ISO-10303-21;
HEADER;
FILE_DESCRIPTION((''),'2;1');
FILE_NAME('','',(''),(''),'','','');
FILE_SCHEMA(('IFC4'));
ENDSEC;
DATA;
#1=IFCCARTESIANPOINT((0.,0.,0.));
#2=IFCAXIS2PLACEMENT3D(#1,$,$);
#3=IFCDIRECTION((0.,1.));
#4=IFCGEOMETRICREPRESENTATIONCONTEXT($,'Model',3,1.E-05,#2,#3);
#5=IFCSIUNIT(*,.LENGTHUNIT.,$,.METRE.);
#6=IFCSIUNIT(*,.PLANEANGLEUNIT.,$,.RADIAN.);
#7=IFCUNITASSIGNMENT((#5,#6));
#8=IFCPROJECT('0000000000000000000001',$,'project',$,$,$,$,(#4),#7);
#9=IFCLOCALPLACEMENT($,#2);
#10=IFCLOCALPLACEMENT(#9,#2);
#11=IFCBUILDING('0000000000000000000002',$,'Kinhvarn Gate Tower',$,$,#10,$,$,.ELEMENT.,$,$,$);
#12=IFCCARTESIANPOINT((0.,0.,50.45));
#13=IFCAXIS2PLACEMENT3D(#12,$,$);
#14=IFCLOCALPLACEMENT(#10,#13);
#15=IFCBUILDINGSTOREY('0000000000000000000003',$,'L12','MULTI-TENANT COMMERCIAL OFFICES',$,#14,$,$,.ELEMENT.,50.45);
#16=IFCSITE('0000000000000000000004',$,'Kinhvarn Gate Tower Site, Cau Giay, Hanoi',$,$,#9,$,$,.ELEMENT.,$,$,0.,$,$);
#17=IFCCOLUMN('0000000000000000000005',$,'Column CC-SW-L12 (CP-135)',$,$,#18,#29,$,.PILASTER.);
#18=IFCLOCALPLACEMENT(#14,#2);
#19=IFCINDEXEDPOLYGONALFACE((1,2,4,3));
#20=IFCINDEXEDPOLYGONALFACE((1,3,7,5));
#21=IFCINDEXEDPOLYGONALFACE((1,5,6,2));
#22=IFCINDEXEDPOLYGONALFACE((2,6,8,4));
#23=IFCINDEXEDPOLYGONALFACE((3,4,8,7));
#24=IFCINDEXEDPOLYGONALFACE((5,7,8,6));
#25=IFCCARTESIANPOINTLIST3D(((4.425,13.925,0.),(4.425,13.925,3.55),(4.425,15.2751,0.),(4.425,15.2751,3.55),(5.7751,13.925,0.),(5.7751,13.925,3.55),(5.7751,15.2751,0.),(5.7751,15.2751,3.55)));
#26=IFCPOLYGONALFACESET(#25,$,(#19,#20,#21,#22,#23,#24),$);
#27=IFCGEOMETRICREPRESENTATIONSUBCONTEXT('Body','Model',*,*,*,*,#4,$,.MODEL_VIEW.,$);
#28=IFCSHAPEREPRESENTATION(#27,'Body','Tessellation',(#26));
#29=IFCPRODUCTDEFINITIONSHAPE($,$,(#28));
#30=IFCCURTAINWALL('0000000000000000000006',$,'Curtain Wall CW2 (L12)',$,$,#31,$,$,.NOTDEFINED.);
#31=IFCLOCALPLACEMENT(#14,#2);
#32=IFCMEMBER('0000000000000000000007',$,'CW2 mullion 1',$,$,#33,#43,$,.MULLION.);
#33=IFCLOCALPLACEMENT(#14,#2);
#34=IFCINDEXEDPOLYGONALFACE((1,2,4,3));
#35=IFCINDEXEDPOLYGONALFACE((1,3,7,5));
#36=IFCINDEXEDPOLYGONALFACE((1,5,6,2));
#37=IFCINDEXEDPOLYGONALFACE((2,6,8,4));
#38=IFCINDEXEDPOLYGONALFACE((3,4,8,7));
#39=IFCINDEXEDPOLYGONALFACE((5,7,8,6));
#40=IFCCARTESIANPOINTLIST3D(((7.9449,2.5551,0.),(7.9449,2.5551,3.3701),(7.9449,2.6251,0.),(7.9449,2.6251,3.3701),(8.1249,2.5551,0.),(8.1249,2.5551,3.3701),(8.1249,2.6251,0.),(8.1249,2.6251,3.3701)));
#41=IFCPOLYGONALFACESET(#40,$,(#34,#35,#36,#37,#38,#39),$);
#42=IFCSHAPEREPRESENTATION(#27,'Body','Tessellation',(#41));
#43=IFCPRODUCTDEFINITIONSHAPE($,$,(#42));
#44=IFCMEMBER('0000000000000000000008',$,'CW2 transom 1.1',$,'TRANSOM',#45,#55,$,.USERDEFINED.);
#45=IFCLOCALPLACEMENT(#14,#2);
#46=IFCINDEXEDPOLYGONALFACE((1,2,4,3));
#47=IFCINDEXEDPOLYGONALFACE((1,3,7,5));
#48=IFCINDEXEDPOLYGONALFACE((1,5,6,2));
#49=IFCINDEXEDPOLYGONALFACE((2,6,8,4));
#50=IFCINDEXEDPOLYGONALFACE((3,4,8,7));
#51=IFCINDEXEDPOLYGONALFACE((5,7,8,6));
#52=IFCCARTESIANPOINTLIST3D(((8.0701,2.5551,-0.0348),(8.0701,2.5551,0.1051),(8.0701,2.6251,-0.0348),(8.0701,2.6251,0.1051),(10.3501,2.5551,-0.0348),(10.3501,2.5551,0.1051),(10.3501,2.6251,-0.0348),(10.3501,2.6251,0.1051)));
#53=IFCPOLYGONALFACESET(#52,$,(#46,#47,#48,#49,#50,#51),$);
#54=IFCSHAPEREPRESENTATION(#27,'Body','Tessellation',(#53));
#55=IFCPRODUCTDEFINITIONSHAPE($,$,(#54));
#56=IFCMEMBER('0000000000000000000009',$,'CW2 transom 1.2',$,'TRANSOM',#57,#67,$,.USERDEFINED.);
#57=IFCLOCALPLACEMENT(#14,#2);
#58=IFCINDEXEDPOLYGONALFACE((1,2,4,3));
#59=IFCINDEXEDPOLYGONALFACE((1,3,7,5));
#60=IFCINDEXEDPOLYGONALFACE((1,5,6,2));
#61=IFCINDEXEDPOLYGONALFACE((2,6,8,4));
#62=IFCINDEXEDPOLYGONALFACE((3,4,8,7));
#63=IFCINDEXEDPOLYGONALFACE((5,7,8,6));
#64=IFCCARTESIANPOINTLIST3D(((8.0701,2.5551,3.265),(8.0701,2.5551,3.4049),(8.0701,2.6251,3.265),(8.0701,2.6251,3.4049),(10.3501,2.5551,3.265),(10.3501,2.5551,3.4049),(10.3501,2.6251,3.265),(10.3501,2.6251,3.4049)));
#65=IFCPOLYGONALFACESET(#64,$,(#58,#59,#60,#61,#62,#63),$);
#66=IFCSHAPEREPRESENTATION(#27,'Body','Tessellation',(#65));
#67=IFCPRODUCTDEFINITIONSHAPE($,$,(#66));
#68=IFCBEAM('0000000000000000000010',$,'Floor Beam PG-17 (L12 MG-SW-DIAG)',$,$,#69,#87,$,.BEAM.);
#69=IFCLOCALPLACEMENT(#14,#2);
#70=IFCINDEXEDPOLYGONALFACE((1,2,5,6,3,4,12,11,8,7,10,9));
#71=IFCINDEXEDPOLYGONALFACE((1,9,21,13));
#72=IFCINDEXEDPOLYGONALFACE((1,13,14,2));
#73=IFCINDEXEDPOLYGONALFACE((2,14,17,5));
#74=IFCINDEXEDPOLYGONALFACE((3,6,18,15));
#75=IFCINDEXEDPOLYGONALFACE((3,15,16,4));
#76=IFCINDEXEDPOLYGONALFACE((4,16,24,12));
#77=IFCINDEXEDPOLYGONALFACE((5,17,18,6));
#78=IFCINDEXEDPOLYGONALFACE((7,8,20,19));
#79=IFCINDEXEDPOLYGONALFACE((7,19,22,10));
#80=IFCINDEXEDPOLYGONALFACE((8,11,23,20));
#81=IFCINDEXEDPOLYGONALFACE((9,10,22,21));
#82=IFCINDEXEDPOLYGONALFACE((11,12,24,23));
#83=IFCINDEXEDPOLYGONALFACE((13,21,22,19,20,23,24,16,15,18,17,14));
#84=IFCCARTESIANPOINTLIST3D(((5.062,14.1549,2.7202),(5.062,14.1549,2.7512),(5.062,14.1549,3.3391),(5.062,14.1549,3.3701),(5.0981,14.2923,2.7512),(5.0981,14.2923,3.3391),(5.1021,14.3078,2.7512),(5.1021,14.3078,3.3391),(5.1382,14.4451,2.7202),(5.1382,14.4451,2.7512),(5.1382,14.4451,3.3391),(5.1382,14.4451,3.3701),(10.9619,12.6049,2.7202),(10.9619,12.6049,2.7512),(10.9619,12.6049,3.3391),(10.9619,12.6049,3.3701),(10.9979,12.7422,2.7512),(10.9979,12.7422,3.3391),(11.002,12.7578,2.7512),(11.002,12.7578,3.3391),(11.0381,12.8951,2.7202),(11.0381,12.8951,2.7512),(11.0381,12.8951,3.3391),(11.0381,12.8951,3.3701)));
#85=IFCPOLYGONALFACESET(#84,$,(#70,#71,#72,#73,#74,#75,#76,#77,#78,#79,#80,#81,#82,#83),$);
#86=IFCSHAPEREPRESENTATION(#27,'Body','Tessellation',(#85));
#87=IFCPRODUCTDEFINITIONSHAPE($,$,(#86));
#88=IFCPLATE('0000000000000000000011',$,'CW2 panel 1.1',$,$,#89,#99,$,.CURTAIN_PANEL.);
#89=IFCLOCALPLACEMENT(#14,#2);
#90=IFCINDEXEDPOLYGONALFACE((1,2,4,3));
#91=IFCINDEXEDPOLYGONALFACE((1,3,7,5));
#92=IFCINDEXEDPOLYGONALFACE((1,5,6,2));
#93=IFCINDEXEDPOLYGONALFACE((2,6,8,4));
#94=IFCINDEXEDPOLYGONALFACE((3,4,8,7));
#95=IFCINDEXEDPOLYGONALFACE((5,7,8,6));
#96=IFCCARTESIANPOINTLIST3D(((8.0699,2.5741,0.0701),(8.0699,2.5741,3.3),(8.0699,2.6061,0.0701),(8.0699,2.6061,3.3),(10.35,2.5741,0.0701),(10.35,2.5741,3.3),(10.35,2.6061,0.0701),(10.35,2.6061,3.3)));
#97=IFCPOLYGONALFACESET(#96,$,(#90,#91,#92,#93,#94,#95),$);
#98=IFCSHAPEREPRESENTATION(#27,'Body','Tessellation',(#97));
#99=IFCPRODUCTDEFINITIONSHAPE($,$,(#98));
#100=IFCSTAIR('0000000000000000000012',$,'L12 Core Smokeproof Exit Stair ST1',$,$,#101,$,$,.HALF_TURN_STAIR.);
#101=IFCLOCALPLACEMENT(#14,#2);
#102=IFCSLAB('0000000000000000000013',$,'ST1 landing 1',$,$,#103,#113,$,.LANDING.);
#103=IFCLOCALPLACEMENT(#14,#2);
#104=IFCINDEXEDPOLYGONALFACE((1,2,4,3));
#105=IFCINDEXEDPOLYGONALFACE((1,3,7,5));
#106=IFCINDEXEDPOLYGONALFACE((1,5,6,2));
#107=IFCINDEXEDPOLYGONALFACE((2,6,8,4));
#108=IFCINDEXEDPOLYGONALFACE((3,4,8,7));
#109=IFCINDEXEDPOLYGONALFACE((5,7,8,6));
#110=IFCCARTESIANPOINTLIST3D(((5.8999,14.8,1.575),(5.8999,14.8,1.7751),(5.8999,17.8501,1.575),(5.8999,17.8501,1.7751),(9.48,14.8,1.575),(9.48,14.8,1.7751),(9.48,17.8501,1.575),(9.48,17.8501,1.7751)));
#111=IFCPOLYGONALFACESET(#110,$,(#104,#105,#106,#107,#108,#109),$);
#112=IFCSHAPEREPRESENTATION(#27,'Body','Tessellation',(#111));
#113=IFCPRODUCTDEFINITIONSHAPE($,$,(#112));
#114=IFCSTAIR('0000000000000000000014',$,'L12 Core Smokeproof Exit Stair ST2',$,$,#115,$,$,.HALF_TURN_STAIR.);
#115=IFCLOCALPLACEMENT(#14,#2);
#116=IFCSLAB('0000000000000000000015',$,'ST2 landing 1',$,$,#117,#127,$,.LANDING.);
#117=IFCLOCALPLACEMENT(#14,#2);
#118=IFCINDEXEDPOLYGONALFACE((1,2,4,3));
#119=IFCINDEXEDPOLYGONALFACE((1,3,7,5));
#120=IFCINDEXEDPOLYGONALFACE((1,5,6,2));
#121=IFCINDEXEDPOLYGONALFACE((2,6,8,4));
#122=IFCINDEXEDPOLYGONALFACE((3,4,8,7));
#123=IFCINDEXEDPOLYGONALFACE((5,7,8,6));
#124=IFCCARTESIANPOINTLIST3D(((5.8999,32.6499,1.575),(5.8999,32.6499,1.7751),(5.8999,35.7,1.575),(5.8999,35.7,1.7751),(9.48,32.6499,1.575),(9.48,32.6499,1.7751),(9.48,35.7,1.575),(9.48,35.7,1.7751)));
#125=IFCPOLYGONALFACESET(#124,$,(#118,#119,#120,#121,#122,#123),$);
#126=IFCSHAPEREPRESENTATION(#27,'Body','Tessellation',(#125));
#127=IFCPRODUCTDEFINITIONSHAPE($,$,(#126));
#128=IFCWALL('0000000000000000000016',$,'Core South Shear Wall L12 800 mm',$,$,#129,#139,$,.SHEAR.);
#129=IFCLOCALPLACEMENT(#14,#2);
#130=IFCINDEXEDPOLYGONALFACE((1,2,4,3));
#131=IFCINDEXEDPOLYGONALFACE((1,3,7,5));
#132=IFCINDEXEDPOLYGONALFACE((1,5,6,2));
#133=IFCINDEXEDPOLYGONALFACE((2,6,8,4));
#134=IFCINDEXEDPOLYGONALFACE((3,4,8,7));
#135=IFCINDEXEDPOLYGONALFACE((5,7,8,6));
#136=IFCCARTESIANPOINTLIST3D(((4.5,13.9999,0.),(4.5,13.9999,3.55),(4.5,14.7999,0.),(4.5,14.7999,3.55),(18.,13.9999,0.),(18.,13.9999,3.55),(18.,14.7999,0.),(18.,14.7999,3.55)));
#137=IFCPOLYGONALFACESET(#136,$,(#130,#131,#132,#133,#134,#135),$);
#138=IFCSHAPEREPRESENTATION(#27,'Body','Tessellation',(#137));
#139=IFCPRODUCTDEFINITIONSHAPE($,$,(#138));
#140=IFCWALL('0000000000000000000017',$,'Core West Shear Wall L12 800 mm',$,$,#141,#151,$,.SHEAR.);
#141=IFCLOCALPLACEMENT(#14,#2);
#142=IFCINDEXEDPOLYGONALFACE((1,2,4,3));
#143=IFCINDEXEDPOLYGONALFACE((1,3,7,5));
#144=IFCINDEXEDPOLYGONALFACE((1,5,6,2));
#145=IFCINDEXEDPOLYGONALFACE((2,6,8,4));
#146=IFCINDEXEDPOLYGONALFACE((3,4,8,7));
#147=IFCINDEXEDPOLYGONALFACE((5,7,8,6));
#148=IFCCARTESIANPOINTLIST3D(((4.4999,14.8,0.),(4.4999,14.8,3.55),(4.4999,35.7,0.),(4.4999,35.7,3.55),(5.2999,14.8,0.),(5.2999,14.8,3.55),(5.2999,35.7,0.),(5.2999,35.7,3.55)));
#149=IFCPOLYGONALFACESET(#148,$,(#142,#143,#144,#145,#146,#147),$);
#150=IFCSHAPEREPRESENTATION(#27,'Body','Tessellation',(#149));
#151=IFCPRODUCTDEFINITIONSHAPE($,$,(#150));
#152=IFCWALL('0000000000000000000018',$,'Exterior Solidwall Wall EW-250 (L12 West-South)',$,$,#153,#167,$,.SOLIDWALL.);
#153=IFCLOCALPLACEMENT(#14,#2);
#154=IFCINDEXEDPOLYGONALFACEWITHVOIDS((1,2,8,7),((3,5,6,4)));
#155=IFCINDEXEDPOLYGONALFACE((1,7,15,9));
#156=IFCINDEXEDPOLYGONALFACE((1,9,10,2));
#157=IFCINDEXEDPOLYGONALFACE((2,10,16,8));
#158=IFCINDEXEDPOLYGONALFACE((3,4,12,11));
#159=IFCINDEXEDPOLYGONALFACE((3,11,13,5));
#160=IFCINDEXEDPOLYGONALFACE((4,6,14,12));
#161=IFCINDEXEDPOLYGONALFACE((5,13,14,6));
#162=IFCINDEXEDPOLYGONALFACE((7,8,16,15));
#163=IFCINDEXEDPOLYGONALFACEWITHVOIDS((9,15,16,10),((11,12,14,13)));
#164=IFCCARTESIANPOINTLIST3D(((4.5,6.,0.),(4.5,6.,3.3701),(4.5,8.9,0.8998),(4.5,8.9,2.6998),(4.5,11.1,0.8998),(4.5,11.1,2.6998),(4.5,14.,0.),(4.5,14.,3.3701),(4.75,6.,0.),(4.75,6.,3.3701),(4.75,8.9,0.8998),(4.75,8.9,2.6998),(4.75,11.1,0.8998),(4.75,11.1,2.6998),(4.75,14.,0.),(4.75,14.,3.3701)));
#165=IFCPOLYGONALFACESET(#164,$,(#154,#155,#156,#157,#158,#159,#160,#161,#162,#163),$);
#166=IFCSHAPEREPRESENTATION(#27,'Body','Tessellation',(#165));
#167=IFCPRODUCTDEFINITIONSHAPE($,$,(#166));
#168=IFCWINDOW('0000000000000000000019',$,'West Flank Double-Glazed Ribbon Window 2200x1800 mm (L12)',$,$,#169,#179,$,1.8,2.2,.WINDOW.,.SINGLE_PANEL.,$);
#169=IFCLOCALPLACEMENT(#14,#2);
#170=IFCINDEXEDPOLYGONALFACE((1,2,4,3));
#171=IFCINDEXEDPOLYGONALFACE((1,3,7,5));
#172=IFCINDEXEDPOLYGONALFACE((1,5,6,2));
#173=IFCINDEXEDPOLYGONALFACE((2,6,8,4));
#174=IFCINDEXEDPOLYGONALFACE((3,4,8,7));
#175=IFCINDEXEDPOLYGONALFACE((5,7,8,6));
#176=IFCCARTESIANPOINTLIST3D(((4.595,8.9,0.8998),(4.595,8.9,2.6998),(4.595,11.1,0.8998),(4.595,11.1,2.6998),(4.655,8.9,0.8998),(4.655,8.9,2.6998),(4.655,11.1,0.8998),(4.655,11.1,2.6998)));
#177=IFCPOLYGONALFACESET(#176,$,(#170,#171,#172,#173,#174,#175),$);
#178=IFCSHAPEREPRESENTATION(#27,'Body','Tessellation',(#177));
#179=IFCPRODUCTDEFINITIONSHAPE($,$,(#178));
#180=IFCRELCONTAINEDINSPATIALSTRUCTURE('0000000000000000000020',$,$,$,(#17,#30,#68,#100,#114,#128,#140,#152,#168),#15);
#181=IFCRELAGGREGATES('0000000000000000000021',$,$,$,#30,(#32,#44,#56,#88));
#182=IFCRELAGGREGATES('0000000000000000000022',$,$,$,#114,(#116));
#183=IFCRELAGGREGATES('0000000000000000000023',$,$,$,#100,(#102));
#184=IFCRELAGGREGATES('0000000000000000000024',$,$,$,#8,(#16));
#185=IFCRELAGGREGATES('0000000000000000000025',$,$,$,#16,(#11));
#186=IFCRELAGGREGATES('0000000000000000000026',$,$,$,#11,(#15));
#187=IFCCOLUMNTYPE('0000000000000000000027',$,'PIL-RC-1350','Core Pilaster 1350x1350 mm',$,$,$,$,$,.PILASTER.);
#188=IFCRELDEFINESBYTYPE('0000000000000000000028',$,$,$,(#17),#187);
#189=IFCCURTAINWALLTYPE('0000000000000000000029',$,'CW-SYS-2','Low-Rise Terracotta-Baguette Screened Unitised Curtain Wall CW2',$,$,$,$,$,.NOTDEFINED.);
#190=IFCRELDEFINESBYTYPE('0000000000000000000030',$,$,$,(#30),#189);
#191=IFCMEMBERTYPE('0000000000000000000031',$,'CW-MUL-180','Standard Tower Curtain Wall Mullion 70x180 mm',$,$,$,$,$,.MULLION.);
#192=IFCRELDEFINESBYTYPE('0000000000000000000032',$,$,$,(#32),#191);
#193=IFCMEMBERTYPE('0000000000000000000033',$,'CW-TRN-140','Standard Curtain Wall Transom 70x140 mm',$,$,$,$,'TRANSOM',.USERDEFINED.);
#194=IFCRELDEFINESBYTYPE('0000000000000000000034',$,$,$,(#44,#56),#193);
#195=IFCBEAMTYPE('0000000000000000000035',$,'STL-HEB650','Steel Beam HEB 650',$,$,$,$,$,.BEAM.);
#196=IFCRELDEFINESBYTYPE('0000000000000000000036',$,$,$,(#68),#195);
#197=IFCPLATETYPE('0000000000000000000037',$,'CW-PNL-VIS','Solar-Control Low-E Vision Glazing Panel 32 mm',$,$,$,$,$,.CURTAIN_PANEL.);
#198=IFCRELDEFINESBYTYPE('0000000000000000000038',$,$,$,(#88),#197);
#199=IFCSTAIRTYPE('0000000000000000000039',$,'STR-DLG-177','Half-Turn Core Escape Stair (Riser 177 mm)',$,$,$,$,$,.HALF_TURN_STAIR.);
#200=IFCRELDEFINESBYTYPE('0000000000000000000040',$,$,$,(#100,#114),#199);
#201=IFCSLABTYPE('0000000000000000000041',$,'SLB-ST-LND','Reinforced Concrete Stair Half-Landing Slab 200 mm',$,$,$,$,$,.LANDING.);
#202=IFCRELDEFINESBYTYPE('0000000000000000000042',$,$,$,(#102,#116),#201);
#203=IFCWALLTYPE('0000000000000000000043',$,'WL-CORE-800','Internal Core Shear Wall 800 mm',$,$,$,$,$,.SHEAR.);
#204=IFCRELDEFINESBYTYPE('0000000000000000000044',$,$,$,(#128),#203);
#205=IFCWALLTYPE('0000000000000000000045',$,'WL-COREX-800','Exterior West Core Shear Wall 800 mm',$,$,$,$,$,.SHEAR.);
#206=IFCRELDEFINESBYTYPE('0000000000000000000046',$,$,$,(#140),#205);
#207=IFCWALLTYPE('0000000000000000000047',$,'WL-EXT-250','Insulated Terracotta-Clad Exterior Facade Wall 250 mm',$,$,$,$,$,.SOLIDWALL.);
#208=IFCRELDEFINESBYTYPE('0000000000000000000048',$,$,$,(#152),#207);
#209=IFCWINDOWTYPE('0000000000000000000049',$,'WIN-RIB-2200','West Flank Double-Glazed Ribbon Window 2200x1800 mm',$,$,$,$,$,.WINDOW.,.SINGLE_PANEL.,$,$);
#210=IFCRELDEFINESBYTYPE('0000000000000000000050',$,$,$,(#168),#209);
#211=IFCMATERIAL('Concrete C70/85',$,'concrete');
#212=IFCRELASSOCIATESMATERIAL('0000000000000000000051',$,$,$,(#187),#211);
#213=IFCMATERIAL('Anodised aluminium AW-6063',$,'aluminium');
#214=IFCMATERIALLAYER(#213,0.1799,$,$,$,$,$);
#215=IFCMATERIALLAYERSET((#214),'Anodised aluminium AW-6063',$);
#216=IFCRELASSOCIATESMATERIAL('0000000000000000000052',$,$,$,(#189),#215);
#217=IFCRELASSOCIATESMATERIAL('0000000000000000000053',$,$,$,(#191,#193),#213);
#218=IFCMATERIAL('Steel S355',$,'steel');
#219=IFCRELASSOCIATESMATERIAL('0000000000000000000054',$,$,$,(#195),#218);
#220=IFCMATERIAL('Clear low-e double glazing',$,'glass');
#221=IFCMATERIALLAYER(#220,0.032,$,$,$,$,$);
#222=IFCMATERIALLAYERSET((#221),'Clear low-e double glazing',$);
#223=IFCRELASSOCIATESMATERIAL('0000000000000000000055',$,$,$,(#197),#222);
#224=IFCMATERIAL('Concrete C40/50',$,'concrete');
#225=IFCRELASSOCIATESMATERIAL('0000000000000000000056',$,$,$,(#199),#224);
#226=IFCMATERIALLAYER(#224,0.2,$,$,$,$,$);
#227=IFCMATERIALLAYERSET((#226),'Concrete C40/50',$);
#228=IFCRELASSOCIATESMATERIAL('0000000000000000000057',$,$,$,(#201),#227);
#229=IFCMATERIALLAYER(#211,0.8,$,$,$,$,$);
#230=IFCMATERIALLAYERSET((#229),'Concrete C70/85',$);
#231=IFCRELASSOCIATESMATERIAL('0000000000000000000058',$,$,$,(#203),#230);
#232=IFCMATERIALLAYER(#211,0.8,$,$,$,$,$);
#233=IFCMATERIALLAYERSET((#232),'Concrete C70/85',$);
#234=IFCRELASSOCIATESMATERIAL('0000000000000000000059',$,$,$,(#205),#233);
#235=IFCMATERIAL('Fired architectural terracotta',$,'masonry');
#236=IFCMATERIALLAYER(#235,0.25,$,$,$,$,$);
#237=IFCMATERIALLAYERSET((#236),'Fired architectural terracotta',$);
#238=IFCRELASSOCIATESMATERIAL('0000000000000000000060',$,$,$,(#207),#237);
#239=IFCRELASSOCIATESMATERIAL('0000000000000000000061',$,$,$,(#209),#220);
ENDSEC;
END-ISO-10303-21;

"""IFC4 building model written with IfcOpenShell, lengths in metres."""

from ifc_helpers import new_model, si_unit, direction, frame, frame_2d, origin, origin_2d, place, context, subcontext, project, spatial, polyline, rectangle, i_section, outline, extrude, material, layer, layer_set, material_profile, profile_set, type_object, element, fill, aggregate, save


model = new_model("IFC4")

# Units and contexts
model_context = context("Model", 3, precision=1e-05, world=origin(), true_north=direction((0.0, 1.0)))
body_context = subcontext(model_context, "Body", "Model", "MODEL_VIEW")
ifc_project = project(units=[si_unit("LENGTHUNIT", "METRE"), si_unit("PLANEANGLEUNIT", "RADIAN")], contexts=[model_context])

# Site, building, storey
site_placement = place(None, origin())
site = spatial("IfcSite", under=ifc_project, at=site_placement, Name="Kinhvarn Gate Tower Site, Cau Giay, Hanoi", CompositionType="ELEMENT", RefElevation=0.0)
building_placement = place(site_placement, origin())
building = spatial("IfcBuilding", under=site, at=building_placement, Name="Kinhvarn Gate Tower", CompositionType="ELEMENT")
storey_placement = place(building_placement, frame((0.0, 0.0, 50.45)))
storey = spatial("IfcBuildingStorey", under=building, at=storey_placement, Name="L12", Description="MULTI-TENANT COMMERCIAL OFFICES", CompositionType="ELEMENT", Elevation=50.45)

# Column
ifc_material_1 = material(Name="Concrete C70/85", Category="concrete")
ifc_material_profile_1 = material_profile(ifc_material_1, rectangle(XDim=1.3501, YDim=1.3501, at=origin_2d()), Name="RC 1350x1350")
ifc_profile_set_1 = profile_set([ifc_material_profile_1], Name="Concrete C70/85")
column_type = type_object("IfcColumnType", Name="PIL-RC-1350", Description="Core Pilaster 1350x1350 mm", PredefinedType="PILASTER", material=ifc_profile_set_1)
column_placement = place(storey_placement, frame((5.1001, 14.6001, 0.0), z_axis=(0.0, 0.0, 1.0), x_axis=(1.0, 0.0, 0.0)))
element("IfcColumn", 1, at=column_placement, inside=storey, type_object=column_type, Name="Column CC-SW-L12 (CP-135)", PredefinedType="PILASTER", context=body_context, shape_type="SweptSolid", body=[
    extrude(rectangle(XDim=1.3501, YDim=1.3501, at=origin_2d()), origin(), (0.0, 0.0, 1.0), 3.55),
])

# Curtain wall, members
ifc_material_2 = material(Name="Anodised aluminium AW-6063", Category="aluminium")
ifc_layer_1 = layer(ifc_material_2, 0.1799)
ifc_layer_set_1 = layer_set([ifc_layer_1], Name="Anodised aluminium AW-6063")
curtain_wall_type = type_object("IfcCurtainWallType", Name="CW-SYS-2", Description="Low-Rise Terracotta-Baguette Screened Unitised Curtain Wall CW2", PredefinedType="NOTDEFINED", material=ifc_layer_set_1)
curtain_wall_placement = place(storey_placement, origin())
curtain_wall = element("IfcCurtainWall", 2, at=curtain_wall_placement, inside=storey, type_object=curtain_wall_type, Name="Curtain Wall CW2 (L12)", PredefinedType="NOTDEFINED")
ifc_material_profile_2 = material_profile(ifc_material_2, rectangle(XDim=0.0701, YDim=0.1799, at=origin_2d()), Name="ALU 70x180")
ifc_profile_set_2 = profile_set([ifc_material_profile_2], Name="Anodised aluminium AW-6063")
member_type_1 = type_object("IfcMemberType", Name="CW-MUL-180", Description="Standard Tower Curtain Wall Mullion 70x180 mm", PredefinedType="MULLION", material=ifc_profile_set_2)
member_1_placement = place(storey_placement, frame((8.0349, 2.5901, 0.0), z_axis=(0.0, 0.0, 1.0), x_axis=(0.0, 1.0, 0.0)))
member_1 = element("IfcMember", 3, at=member_1_placement, type_object=member_type_1, Name="CW2 mullion 1", PredefinedType="MULLION", context=body_context, shape_type="SweptSolid", body=[
    extrude(rectangle(XDim=0.0701, YDim=0.1799, at=origin_2d()), origin(), (0.0, 0.0, 1.0), 3.3701),
])
ifc_material_profile_3 = material_profile(ifc_material_2, rectangle(XDim=0.0701, YDim=0.1399, at=origin_2d()), Name="ALU 70x140")
ifc_profile_set_3 = profile_set([ifc_material_profile_3], Name="Anodised aluminium AW-6063")
member_type_2 = type_object("IfcMemberType", Name="CW-TRN-140", Description="Standard Curtain Wall Transom 70x140 mm", ElementType="TRANSOM", PredefinedType="USERDEFINED", material=ifc_profile_set_3)
member_2_placement = place(storey_placement, frame((8.0701, 2.5901, 0.0352), z_axis=(1.0, 0.0, 0.0), x_axis=(0.0, 1.0, 0.0)))
member_2 = element("IfcMember", 4, at=member_2_placement, type_object=member_type_2, Name="CW2 transom 1.1", ObjectType="TRANSOM", PredefinedType="USERDEFINED", context=body_context, shape_type="SweptSolid", body=[
    extrude(rectangle(XDim=0.0701, YDim=0.1399, at=origin_2d()), origin(), (0.0, 0.0, 1.0), 2.28),
])
member_3_placement = place(storey_placement, frame((8.0701, 2.5901, 3.335), z_axis=(1.0, 0.0, 0.0), x_axis=(0.0, 1.0, 0.0)))
member_3 = element("IfcMember", 5, at=member_3_placement, type_object=member_type_2, Name="CW2 transom 1.2", ObjectType="TRANSOM", PredefinedType="USERDEFINED", context=body_context, shape_type="SweptSolid", body=[
    extrude(rectangle(XDim=0.0701, YDim=0.1399, at=origin_2d()), origin(), (0.0, 0.0, 1.0), 2.28),
])

# Beam
ifc_material_3 = material(Name="Steel S355", Category="steel")
ifc_material_profile_4 = material_profile(ifc_material_3, i_section(OverallWidth=0.3, OverallDepth=0.6499, WebThickness=0.0161, FlangeThickness=0.031, at=origin_2d()), Name="HEB 650")
ifc_profile_set_4 = profile_set([ifc_material_profile_4], Name="Steel S355")
beam_type = type_object("IfcBeamType", Name="STL-HEB650", Description="Steel Beam HEB 650", PredefinedType="BEAM", material=ifc_profile_set_4)
beam_placement = place(storey_placement, frame((5.1001, 14.3, 3.0452), z_axis=(0.967178, -0.254101, 0.0), x_axis=(0.254101, 0.967178, 0.0)))
element("IfcBeam", 6, at=beam_placement, inside=storey, type_object=beam_type, Name="Floor Beam PG-17 (L12 MG-SW-DIAG)", PredefinedType="BEAM", context=body_context, shape_type="SweptSolid", body=[
    extrude(i_section(OverallWidth=0.3, OverallDepth=0.6499, WebThickness=0.0161, FlangeThickness=0.031, at=origin_2d()), origin(), (0.0, 0.0, 1.0), 6.1001),
])

# Plate
ifc_material_4 = material(Name="Clear low-e double glazing", Category="glass")
ifc_layer_2 = layer(ifc_material_4, 0.032)
ifc_layer_set_2 = layer_set([ifc_layer_2], Name="Clear low-e double glazing")
plate_type = type_object("IfcPlateType", Name="CW-PNL-VIS", Description="Solar-Control Low-E Vision Glazing Panel 32 mm", PredefinedType="CURTAIN_PANEL", material=ifc_layer_set_2)
plate_placement = place(storey_placement, frame((9.21, 2.5901, 0.0701), z_axis=(0.0, 0.0, 1.0), x_axis=(1.0, 0.0, 0.0)))
plate = element("IfcPlate", 7, at=plate_placement, type_object=plate_type, Name="CW2 panel 1.1", PredefinedType="CURTAIN_PANEL", context=body_context, shape_type="SweptSolid", body=[
    extrude(rectangle(XDim=2.28, YDim=0.032, at=origin_2d()), origin(), (0.0, 0.0, 1.0), 3.23),
])
aggregate(curtain_wall, [member_1, member_2, member_3, plate])

# Stairs, slabs
ifc_material_5 = material(Name="Concrete C40/50", Category="concrete")
stair_type = type_object("IfcStairType", Name="STR-DLG-177", Description="Half-Turn Core Escape Stair (Riser 177 mm)", PredefinedType="HALF_TURN_STAIR", material=ifc_material_5)
stair_1_placement = place(storey_placement, origin())
stair_1 = element("IfcStair", 8, at=stair_1_placement, inside=storey, type_object=stair_type, Name="L12 Core Smokeproof Exit Stair ST1", PredefinedType="HALF_TURN_STAIR")
ifc_layer_3 = layer(ifc_material_5, 0.2)
ifc_layer_set_3 = layer_set([ifc_layer_3], Name="Concrete C40/50")
slab_type = type_object("IfcSlabType", Name="SLB-ST-LND", Description="Reinforced Concrete Stair Half-Landing Slab 200 mm", PredefinedType="LANDING", material=ifc_layer_set_3)
slab_1_placement = place(storey_placement, frame((0.0, 0.0, 1.575)))
slab_1 = element("IfcSlab", 9, at=slab_1_placement, type_object=slab_type, Name="ST1 landing 1", PredefinedType="LANDING", context=body_context, shape_type="SweptSolid", body=[
    extrude(outline(polyline([(9.48, 17.8501), (5.8999, 17.8501), (5.8999, 14.8), (9.48, 14.8), (9.48, 17.8501)])), origin(), (0.0, 0.0, 1.0), 0.2002),
])
stair_2_placement = place(storey_placement, origin())
stair_2 = element("IfcStair", 10, at=stair_2_placement, inside=storey, type_object=stair_type, Name="L12 Core Smokeproof Exit Stair ST2", PredefinedType="HALF_TURN_STAIR")
slab_2_placement = place(storey_placement, frame((0.0, 0.0, 1.575)))
slab_2 = element("IfcSlab", 11, at=slab_2_placement, type_object=slab_type, Name="ST2 landing 1", PredefinedType="LANDING", context=body_context, shape_type="SweptSolid", body=[
    extrude(outline(polyline([(9.48, 35.7), (5.8999, 35.7), (5.8999, 32.6499), (9.48, 32.6499), (9.48, 35.7)])), origin(), (0.0, 0.0, 1.0), 0.2002),
])
aggregate(stair_2, [slab_2])

# Walls
ifc_layer_4 = layer(ifc_material_1, 0.8)
ifc_layer_set_4 = layer_set([ifc_layer_4], Name="Concrete C70/85")
wall_type_1 = type_object("IfcWallType", Name="WL-CORE-800", Description="Internal Core Shear Wall 800 mm", PredefinedType="SHEAR", material=ifc_layer_set_4)
wall_1_placement = place(storey_placement, frame((4.5, 14.3999, 0.0), z_axis=(0.0, 0.0, 1.0), x_axis=(1.0, 0.0, 0.0)))
element("IfcWall", 12, at=wall_1_placement, inside=storey, type_object=wall_type_1, Name="Core South Shear Wall L12 800 mm", PredefinedType="SHEAR", context=body_context, shape_type="SweptSolid", body=[
    extrude(rectangle(XDim=13.5, YDim=0.8, at=frame_2d((6.75, 0.0))), origin(), (0.0, 0.0, 1.0), 3.55),
])
ifc_layer_5 = layer(ifc_material_1, 0.8)
ifc_layer_set_5 = layer_set([ifc_layer_5], Name="Concrete C70/85")
wall_type_2 = type_object("IfcWallType", Name="WL-COREX-800", Description="Exterior West Core Shear Wall 800 mm", PredefinedType="SHEAR", material=ifc_layer_set_5)
wall_2_placement = place(storey_placement, frame((4.8999, 14.8, 0.0), z_axis=(0.0, 0.0, 1.0), x_axis=(0.0, 1.0, 0.0)))
element("IfcWall", 13, at=wall_2_placement, inside=storey, type_object=wall_type_2, Name="Core West Shear Wall L12 800 mm", PredefinedType="SHEAR", context=body_context, shape_type="SweptSolid", body=[
    extrude(rectangle(XDim=20.8999, YDim=0.8, at=frame_2d((10.45, 0.0))), origin(), (0.0, 0.0, 1.0), 3.55),
])

# Wall, opening, window
ifc_material_6 = material(Name="Fired architectural terracotta", Category="masonry")
ifc_layer_6 = layer(ifc_material_6, 0.25)
ifc_layer_set_6 = layer_set([ifc_layer_6], Name="Fired architectural terracotta")
wall_type_3 = type_object("IfcWallType", Name="WL-EXT-250", Description="Insulated Terracotta-Clad Exterior Facade Wall 250 mm", PredefinedType="SOLIDWALL", material=ifc_layer_set_6)
wall_3_placement = place(storey_placement, frame((4.625, 14.0, 0.0), z_axis=(0.0, 0.0, 1.0), x_axis=(0.0, -1.0, 0.0)))
wall_3 = element("IfcWall", 14, at=wall_3_placement, inside=storey, type_object=wall_type_3, Name="Exterior Solidwall Wall EW-250 (L12 West-South)", PredefinedType="SOLIDWALL", context=body_context, shape_type="SweptSolid", body=[
    extrude(rectangle(XDim=8.0, YDim=0.25, at=frame_2d((4.0, 0.0))), origin(), (0.0, 0.0, 1.0), 3.3701),
])
opening_1_placement = place(wall_3_placement, frame((2.8999, 0.0, 0.8999)))
opening_1 = element("IfcOpeningElement", 15, at=opening_1_placement, cuts=wall_3, PredefinedType="OPENING", context=body_context, shape_type="SweptSolid", body=[
    extrude(rectangle(XDim=2.2, YDim=1.8, at=frame_2d((1.1001, 0.8999))), frame((0.0, 0.135, 0.0), z_axis=(0.0, -1.0, 0.0), x_axis=(1.0, 0.0, 0.0)), (0.0, 0.0, 1.0), 0.27),
])
window_type_1 = type_object("IfcWindowType", Name="WIN-RIB-2200", Description="West Flank Double-Glazed Ribbon Window 2200x1800 mm", PartitioningType="SINGLE_PANEL", PredefinedType="WINDOW", material=ifc_material_4)
window_1_placement = place(opening_1_placement, origin())
window_1 = element("IfcWindow", 16, at=window_1_placement, inside=storey, type_object=window_type_1, Name="West Flank Double-Glazed Ribbon Window 2200x1800 mm (L12)", OverallHeight=1.8, OverallWidth=2.2, PartitioningType="SINGLE_PANEL", PredefinedType="WINDOW", context=body_context, shape_type="SweptSolid", body=[
    extrude(rectangle(XDim=2.2, YDim=1.8, at=frame_2d((1.1001, 0.8999))), frame((0.0, 0.03, 0.0), z_axis=(0.0, -1.0, 0.0), x_axis=(1.0, 0.0, 0.0)), (0.0, 0.0, 1.0), 0.0601),
])
fill(opening_1, window_1)

aggregate(stair_1, [slab_1])

save(model, "model.ifc")
